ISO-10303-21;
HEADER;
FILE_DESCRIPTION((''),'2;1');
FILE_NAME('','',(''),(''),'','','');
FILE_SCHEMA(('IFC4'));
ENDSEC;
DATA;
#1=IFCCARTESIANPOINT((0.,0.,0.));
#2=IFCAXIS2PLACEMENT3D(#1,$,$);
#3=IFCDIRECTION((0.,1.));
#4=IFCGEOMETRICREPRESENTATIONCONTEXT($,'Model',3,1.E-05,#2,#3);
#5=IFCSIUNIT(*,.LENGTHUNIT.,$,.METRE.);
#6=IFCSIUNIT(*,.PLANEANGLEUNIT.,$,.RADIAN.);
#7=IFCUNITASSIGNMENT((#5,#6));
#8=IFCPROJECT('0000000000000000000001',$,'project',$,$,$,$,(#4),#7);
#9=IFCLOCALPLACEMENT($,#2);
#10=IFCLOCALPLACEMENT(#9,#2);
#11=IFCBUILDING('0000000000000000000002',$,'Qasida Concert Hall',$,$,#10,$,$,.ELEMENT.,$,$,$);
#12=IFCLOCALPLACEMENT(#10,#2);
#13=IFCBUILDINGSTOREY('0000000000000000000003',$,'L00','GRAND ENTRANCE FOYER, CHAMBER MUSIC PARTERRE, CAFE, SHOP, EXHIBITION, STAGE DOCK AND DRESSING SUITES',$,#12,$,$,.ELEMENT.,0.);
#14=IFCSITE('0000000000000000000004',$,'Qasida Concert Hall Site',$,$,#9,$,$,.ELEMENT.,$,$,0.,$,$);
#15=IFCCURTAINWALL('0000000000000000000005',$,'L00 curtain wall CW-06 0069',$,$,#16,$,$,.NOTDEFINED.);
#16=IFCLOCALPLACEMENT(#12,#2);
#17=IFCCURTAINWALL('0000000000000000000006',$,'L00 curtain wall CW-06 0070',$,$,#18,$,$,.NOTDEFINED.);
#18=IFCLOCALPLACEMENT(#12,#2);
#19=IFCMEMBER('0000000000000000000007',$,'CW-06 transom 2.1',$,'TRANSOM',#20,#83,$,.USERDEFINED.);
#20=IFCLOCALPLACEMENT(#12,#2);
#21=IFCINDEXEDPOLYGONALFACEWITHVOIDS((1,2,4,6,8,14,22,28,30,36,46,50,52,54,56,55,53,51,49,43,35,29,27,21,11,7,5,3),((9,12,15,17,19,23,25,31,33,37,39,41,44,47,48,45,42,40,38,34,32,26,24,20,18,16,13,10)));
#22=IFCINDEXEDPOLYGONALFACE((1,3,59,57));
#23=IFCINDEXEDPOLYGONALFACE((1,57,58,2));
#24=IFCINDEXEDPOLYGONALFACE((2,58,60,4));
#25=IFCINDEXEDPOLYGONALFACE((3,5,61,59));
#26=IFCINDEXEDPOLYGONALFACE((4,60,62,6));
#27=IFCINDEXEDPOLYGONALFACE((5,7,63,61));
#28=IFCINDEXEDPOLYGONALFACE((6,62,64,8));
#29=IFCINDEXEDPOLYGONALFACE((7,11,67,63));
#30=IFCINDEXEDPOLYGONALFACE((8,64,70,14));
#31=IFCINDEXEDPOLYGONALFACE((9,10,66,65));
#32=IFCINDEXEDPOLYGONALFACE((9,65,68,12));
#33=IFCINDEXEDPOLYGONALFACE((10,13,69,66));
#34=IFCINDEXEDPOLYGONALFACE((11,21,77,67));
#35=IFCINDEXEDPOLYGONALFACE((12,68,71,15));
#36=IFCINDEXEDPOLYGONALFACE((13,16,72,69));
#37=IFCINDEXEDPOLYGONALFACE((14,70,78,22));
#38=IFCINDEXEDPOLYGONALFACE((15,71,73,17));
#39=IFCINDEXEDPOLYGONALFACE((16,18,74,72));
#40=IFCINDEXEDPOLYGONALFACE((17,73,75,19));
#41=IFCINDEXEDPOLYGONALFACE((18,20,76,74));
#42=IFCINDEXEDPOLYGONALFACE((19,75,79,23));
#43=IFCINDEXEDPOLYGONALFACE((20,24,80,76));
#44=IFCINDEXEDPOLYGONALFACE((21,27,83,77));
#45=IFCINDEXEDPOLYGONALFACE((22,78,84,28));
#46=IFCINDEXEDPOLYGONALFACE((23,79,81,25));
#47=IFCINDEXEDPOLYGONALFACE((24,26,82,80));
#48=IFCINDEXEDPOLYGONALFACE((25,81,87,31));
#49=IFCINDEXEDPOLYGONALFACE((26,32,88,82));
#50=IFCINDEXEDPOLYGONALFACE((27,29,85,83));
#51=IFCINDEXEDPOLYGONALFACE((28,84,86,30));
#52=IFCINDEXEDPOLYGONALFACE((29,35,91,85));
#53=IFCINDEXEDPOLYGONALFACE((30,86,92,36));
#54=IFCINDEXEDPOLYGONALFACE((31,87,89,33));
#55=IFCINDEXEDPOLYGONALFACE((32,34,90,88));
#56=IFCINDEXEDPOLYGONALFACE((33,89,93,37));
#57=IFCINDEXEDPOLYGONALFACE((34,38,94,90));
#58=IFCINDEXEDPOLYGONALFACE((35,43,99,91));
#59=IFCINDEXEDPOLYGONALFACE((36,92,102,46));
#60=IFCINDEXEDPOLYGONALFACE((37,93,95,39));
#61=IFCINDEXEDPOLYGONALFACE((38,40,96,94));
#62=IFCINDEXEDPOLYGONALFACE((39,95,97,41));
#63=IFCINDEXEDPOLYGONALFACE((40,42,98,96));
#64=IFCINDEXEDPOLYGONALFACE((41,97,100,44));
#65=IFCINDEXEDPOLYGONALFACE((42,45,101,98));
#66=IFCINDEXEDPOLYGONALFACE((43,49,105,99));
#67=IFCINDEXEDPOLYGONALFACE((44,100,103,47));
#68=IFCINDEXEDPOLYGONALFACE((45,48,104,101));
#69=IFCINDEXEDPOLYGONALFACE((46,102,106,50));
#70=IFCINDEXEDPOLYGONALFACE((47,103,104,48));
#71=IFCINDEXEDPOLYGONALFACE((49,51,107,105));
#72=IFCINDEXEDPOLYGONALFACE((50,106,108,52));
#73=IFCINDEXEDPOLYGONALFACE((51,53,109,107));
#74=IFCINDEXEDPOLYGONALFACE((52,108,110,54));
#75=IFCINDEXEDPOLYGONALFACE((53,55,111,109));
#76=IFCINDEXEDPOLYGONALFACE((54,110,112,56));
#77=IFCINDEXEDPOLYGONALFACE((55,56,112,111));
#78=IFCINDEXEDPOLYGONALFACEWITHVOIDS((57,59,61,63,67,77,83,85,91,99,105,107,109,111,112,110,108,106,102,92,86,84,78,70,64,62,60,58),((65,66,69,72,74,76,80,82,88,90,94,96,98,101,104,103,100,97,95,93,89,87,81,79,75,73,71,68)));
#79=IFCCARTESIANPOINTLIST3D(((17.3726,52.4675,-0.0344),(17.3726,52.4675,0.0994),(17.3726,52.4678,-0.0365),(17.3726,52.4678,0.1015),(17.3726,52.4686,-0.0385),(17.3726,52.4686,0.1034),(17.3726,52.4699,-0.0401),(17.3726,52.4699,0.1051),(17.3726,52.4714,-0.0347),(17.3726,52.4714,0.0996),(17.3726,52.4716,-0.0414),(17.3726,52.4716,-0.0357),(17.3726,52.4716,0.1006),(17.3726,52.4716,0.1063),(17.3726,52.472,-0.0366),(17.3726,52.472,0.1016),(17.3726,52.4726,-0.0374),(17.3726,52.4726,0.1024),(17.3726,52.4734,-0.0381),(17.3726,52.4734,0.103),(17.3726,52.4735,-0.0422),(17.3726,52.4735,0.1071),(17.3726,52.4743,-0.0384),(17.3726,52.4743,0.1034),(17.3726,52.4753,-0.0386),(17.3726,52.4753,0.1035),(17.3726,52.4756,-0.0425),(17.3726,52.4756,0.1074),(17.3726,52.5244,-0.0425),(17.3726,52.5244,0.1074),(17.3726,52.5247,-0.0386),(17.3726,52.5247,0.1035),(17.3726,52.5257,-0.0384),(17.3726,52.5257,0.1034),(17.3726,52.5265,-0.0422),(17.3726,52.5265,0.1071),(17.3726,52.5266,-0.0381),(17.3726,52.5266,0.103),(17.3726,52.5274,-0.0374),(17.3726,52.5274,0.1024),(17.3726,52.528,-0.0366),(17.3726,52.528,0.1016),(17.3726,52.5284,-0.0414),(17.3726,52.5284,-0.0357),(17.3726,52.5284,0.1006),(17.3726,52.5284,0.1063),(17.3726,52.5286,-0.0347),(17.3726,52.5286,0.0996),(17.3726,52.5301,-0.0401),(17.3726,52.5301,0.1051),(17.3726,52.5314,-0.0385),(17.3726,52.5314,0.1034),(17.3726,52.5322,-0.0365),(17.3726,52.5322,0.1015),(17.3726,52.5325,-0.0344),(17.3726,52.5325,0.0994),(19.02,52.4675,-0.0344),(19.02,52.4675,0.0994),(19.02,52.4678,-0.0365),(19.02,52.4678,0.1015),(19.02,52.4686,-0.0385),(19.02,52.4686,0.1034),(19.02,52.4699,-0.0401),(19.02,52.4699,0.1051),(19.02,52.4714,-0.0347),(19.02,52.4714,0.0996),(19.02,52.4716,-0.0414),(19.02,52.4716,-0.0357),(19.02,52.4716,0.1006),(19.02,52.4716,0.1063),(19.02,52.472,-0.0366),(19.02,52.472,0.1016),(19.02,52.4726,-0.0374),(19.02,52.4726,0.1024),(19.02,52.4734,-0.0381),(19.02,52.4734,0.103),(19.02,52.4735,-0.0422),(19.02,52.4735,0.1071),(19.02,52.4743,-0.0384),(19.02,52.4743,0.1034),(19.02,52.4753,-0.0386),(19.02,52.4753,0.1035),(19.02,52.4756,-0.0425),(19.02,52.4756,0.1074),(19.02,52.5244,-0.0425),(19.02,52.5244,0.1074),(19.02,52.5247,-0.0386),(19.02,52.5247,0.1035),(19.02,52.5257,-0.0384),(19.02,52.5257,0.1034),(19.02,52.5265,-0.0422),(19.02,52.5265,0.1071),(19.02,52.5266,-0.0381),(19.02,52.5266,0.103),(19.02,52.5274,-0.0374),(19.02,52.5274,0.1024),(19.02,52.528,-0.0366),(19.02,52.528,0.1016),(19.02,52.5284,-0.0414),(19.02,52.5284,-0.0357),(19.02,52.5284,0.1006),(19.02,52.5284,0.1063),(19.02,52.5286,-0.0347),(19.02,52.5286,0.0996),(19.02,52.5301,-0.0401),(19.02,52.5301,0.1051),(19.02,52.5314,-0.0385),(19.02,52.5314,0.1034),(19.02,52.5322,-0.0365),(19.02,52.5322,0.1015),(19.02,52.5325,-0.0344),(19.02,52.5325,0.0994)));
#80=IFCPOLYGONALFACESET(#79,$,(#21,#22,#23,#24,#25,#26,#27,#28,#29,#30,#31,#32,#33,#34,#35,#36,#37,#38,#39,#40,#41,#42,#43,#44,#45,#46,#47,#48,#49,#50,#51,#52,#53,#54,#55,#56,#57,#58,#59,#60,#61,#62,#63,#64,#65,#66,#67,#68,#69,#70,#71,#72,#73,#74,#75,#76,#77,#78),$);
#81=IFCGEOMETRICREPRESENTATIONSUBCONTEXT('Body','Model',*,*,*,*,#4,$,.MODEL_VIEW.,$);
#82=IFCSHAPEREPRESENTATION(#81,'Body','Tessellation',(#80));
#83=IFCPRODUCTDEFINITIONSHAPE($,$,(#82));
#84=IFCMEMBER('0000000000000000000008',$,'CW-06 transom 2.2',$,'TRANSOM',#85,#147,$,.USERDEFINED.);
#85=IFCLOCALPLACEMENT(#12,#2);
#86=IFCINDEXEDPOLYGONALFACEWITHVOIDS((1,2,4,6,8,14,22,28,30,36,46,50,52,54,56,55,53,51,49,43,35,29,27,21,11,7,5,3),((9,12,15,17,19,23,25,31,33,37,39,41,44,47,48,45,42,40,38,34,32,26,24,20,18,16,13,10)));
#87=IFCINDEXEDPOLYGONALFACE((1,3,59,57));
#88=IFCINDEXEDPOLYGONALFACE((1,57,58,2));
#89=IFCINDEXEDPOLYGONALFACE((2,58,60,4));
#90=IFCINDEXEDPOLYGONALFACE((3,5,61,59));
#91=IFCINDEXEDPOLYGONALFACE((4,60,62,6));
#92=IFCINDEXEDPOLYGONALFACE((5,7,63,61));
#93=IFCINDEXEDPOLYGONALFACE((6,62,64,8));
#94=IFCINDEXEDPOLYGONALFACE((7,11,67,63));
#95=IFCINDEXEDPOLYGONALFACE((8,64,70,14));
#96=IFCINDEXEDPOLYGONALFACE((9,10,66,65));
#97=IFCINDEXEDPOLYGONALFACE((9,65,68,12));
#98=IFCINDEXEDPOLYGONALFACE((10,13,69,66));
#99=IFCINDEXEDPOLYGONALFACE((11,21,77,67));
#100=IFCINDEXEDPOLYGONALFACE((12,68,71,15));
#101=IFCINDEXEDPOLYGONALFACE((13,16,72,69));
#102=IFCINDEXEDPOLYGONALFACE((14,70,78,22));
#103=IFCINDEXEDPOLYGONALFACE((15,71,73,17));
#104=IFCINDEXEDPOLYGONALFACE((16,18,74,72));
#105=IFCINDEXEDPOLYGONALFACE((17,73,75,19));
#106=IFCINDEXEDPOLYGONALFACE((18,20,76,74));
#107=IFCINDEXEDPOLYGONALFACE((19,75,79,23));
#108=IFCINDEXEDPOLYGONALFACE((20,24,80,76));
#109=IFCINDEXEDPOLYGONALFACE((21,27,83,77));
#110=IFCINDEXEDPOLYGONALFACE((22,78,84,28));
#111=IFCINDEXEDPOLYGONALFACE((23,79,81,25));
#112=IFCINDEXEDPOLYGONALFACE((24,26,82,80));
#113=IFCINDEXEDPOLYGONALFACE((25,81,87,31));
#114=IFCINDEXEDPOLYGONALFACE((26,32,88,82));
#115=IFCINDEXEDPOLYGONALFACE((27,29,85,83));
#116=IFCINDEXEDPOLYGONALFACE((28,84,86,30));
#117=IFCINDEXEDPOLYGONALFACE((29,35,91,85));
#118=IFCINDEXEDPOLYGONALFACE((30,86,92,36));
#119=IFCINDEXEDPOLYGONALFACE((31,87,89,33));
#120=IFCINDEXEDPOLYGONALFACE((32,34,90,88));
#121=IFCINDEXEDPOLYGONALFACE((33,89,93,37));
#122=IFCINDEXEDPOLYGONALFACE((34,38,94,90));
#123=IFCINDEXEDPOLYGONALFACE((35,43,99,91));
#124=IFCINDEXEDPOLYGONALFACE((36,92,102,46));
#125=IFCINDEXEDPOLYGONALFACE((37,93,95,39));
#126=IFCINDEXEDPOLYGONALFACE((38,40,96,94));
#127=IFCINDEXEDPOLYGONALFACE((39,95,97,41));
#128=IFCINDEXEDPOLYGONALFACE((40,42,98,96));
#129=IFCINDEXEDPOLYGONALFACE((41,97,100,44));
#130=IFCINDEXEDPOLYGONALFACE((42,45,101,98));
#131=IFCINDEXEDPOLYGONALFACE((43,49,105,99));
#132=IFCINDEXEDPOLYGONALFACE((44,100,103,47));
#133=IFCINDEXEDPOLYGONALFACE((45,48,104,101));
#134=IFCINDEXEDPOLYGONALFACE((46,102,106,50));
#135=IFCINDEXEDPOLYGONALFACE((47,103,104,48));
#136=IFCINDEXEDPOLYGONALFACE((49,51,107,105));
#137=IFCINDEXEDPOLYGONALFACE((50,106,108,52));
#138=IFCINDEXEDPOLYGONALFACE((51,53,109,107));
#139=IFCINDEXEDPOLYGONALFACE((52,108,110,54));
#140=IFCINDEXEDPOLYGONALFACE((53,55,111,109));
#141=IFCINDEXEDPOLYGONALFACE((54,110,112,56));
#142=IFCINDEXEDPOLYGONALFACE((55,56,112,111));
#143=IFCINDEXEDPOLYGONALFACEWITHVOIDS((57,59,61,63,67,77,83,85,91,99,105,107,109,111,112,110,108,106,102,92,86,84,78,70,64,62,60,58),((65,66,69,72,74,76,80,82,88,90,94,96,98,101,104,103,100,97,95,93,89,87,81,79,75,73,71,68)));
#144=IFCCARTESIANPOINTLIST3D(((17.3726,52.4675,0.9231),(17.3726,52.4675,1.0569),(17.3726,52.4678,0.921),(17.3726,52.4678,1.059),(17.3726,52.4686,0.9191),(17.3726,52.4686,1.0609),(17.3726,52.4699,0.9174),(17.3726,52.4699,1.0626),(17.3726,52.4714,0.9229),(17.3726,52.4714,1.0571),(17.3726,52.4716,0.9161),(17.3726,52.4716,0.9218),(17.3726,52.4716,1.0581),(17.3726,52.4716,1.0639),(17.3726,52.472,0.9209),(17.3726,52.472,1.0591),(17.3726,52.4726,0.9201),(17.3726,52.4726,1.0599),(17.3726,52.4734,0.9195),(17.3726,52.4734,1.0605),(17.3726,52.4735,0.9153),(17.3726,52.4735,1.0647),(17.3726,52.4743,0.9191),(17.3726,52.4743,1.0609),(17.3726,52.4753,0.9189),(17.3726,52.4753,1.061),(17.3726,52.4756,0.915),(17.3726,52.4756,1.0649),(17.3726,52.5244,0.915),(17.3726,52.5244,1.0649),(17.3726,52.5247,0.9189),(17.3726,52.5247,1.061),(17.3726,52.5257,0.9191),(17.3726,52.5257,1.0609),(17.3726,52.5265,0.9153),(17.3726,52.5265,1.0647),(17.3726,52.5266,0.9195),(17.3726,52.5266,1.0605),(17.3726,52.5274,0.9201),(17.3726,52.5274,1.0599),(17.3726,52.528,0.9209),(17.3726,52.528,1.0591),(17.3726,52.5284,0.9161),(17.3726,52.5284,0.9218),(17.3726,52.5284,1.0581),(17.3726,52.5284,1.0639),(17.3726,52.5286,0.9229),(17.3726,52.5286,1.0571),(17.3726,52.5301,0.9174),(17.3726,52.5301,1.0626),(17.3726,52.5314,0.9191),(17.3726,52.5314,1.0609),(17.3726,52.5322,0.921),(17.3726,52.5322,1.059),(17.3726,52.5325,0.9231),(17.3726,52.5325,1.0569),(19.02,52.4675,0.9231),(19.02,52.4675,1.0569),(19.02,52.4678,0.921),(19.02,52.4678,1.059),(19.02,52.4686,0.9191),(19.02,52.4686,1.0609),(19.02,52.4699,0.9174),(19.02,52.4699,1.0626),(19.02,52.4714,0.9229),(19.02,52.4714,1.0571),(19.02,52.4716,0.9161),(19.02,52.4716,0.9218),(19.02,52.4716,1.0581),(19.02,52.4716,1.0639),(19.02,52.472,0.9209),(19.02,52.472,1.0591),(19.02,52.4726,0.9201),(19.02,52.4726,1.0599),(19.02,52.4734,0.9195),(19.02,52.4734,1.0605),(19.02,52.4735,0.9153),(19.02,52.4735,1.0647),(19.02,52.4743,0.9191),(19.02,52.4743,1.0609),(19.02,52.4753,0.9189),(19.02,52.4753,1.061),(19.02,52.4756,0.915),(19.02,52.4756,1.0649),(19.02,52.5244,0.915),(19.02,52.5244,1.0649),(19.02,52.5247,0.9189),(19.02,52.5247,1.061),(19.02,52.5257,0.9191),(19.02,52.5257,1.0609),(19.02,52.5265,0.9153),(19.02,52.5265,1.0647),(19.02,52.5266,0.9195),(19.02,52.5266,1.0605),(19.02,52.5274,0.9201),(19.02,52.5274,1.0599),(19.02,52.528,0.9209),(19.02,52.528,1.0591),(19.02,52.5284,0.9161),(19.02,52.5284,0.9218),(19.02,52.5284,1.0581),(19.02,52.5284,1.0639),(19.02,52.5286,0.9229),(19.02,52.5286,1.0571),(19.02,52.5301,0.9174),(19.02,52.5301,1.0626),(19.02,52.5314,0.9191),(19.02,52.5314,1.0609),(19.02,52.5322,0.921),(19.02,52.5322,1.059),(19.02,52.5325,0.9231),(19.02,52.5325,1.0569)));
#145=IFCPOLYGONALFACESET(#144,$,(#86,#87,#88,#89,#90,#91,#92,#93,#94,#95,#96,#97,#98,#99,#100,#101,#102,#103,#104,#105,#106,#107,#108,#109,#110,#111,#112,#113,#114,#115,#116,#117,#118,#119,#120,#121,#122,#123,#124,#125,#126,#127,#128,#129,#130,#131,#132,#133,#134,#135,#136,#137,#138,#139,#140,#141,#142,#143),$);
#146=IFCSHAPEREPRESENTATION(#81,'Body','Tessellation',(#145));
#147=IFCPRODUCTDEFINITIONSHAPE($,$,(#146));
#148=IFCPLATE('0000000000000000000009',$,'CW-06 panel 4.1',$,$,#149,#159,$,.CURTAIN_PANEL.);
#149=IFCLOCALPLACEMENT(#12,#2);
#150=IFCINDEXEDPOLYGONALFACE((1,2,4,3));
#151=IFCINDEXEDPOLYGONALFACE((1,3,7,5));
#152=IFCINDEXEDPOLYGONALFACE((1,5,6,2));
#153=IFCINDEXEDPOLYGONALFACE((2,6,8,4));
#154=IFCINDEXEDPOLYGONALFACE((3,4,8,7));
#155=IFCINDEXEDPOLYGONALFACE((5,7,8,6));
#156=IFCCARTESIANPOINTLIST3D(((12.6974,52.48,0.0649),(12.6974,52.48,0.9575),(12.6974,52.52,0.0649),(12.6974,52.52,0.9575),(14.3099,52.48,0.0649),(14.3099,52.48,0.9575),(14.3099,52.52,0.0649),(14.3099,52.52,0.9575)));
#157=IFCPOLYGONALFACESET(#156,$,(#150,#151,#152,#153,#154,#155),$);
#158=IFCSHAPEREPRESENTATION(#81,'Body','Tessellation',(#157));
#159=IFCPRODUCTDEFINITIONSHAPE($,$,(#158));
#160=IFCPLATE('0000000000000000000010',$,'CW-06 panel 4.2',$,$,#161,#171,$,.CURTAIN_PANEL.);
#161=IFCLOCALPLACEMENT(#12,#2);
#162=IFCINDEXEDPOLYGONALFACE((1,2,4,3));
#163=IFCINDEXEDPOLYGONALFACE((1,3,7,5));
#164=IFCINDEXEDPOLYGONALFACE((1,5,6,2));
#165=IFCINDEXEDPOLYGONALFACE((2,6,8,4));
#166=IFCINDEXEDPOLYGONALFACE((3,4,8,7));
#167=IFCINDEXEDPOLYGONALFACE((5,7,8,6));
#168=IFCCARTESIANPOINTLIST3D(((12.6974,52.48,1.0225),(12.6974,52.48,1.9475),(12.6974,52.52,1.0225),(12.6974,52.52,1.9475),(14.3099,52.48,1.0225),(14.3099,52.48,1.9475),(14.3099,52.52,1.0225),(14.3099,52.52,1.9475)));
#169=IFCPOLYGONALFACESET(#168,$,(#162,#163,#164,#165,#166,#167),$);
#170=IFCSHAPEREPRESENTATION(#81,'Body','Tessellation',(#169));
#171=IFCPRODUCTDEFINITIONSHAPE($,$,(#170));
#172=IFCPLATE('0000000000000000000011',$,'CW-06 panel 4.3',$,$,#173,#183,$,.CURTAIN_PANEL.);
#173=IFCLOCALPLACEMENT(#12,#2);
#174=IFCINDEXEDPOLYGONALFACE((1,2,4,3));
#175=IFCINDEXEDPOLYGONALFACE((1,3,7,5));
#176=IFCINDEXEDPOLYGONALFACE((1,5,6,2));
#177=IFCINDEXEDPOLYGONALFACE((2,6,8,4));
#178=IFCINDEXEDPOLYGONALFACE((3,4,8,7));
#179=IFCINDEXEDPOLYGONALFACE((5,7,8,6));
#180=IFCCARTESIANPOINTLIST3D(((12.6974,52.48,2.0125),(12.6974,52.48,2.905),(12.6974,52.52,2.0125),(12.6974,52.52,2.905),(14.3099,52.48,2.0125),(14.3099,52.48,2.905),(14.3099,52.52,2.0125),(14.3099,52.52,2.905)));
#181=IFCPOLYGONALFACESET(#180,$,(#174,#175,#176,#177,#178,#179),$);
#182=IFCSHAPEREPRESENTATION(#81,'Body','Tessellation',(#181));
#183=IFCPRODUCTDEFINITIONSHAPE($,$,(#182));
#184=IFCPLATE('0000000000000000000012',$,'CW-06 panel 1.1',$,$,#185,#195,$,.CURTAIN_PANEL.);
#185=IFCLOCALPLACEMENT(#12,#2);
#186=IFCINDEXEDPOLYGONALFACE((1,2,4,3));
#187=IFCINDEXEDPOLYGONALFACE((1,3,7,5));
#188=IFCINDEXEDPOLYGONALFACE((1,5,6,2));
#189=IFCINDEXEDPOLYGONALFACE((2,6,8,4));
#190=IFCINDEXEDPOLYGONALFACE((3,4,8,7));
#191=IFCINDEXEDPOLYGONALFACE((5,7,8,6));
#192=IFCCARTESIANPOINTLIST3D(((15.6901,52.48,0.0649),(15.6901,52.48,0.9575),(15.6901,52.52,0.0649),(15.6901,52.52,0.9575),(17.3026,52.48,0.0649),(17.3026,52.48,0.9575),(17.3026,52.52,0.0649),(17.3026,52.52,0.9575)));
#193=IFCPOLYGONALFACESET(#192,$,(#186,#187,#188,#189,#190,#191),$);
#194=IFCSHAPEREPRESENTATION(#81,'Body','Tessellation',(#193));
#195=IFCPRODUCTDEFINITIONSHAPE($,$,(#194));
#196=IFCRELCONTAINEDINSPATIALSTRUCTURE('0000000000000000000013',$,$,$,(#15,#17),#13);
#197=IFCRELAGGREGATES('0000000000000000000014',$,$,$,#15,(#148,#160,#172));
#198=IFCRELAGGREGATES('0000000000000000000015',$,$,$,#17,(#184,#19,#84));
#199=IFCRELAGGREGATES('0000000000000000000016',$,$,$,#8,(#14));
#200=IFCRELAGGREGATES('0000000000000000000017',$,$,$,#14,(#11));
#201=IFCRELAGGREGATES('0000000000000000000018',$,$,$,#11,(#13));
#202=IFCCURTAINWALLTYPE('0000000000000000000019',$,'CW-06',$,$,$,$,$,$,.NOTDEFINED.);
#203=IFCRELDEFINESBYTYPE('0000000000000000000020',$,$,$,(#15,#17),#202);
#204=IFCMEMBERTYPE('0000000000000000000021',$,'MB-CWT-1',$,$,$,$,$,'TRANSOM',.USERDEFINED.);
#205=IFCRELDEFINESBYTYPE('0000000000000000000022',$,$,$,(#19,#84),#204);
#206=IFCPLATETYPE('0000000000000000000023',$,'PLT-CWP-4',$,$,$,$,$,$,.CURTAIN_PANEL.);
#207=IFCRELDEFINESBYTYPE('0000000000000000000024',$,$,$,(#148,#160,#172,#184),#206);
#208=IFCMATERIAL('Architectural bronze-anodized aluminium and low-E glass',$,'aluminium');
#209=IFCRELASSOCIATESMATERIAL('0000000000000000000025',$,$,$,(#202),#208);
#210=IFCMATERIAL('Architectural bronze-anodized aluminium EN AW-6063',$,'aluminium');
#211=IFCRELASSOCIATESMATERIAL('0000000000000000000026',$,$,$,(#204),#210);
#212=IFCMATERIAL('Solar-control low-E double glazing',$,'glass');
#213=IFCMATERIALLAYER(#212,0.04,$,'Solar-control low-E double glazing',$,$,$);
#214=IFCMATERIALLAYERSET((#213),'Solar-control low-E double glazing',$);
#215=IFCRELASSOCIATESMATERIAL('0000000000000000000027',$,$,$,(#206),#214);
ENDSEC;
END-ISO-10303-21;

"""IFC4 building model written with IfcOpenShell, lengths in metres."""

from ifc_helpers import new_model, si_unit, direction, frame, origin, origin_2d, place, context, subcontext, project, spatial, rectangle, hollow_rectangle, extrude, material, layer, layer_set, material_profile, profile_set, type_object, element, aggregate, save


model = new_model("IFC4")

# Units and contexts
model_context = context("Model", 3, precision=1e-05, world=origin(), true_north=direction((0.0, 1.0)))
body_context = subcontext(model_context, "Body", "Model", "MODEL_VIEW")
ifc_project = project(units=[si_unit("LENGTHUNIT", "METRE"), si_unit("PLANEANGLEUNIT", "RADIAN")], contexts=[model_context])

# Site, building, storey
site_placement = place(None, origin())
site = spatial("IfcSite", under=ifc_project, at=site_placement, Name="Qasida Concert Hall Site", CompositionType="ELEMENT", RefElevation=0.0)
building_placement = place(site_placement, origin())
building = spatial("IfcBuilding", under=site, at=building_placement, Name="Qasida Concert Hall", CompositionType="ELEMENT")
storey_placement = place(building_placement, origin())
storey = spatial("IfcBuildingStorey", under=building, at=storey_placement, Name="L00", Description="GRAND ENTRANCE FOYER, CHAMBER MUSIC PARTERRE, CAFE, SHOP, EXHIBITION, STAGE DOCK AND DRESSING SUITES", CompositionType="ELEMENT", Elevation=0.0)

# Curtain walls
ifc_material_1 = material(Name="Architectural bronze-anodized aluminium and low-E glass", Category="aluminium")
curtain_wall_type = type_object("IfcCurtainWallType", Name="CW-06", PredefinedType="NOTDEFINED", material=ifc_material_1)
curtain_wall_1_placement = place(storey_placement, origin())
curtain_wall_1 = element("IfcCurtainWall", 1, at=curtain_wall_1_placement, inside=storey, type_object=curtain_wall_type, Name="L00 curtain wall CW-06 0069", PredefinedType="NOTDEFINED")
ifc_material_2 = material(Name="Architectural bronze-anodized aluminium EN AW-6063", Category="aluminium")
curtain_wall_2_placement = place(storey_placement, origin())
curtain_wall_2 = element("IfcCurtainWall", 2, at=curtain_wall_2_placement, inside=storey, type_object=curtain_wall_type, Name="L00 curtain wall CW-06 0070", PredefinedType="NOTDEFINED")

# Members
ifc_material_profile_1 = material_profile(ifc_material_2, hollow_rectangle(XDim=0.0649, YDim=0.1499, WallThickness=0.0039, InnerFilletRadius=0.0039, OuterFilletRadius=0.0081, at=origin_2d()), Name="CWT 150x65x4")
ifc_profile_set_1 = profile_set([ifc_material_profile_1], Name="Architectural bronze-anodized aluminium EN AW-6063")
member_type_1 = type_object("IfcMemberType", Name="MB-CWT-1", ElementType="TRANSOM", PredefinedType="USERDEFINED", material=ifc_profile_set_1)
member_1_placement = place(storey_placement, frame((17.3726, 52.5, 0.0325), z_axis=(1.0, 0.0, 0.0), x_axis=(0.0, 1.0, 0.0)))
member_1 = element("IfcMember", 3, at=member_1_placement, type_object=member_type_1, Name="CW-06 transom 2.1", ObjectType="TRANSOM", PredefinedType="USERDEFINED", context=body_context, shape_type="SweptSolid", body=[
    extrude(hollow_rectangle(XDim=0.0649, YDim=0.1499, WallThickness=0.0039, InnerFilletRadius=0.0039, OuterFilletRadius=0.0081, at=origin_2d()), origin(), (0.0, 0.0, 1.0), 1.6475),
])
member_2_placement = place(storey_placement, frame((17.3726, 52.5, 0.99), z_axis=(1.0, 0.0, 0.0), x_axis=(0.0, 1.0, 0.0)))
member_2 = element("IfcMember", 4, at=member_2_placement, type_object=member_type_1, Name="CW-06 transom 2.2", ObjectType="TRANSOM", PredefinedType="USERDEFINED", context=body_context, shape_type="SweptSolid", body=[
    extrude(hollow_rectangle(XDim=0.0649, YDim=0.1499, WallThickness=0.0039, InnerFilletRadius=0.0039, OuterFilletRadius=0.0081, at=origin_2d()), origin(), (0.0, 0.0, 1.0), 1.6475),
])

# Plates
ifc_material_3 = material(Name="Solar-control low-E double glazing", Category="glass")
ifc_layer = layer(ifc_material_3, 0.04, Name="Solar-control low-E double glazing")
ifc_layer_set = layer_set([ifc_layer], Name="Solar-control low-E double glazing")
plate_type = type_object("IfcPlateType", Name="PLT-CWP-4", PredefinedType="CURTAIN_PANEL", material=ifc_layer_set)
plate_1_placement = place(storey_placement, frame((13.5037, 52.5, 0.0649), z_axis=(0.0, 0.0, 1.0), x_axis=(1.0, 0.0, 0.0)))
plate_1 = element("IfcPlate", 5, at=plate_1_placement, type_object=plate_type, Name="CW-06 panel 4.1", PredefinedType="CURTAIN_PANEL", context=body_context, shape_type="SweptSolid", body=[
    extrude(rectangle(XDim=1.6125, YDim=0.04, at=origin_2d()), origin(), (0.0, 0.0, 1.0), 0.8926),
])
plate_2_placement = place(storey_placement, frame((13.5037, 52.5, 1.0225), z_axis=(0.0, 0.0, 1.0), x_axis=(1.0, 0.0, 0.0)))
plate_2 = element("IfcPlate", 6, at=plate_2_placement, type_object=plate_type, Name="CW-06 panel 4.2", PredefinedType="CURTAIN_PANEL", context=body_context, shape_type="SweptSolid", body=[
    extrude(rectangle(XDim=1.6125, YDim=0.04, at=origin_2d()), origin(), (0.0, 0.0, 1.0), 0.925),
])
plate_3_placement = place(storey_placement, frame((13.5037, 52.5, 2.0125), z_axis=(0.0, 0.0, 1.0), x_axis=(1.0, 0.0, 0.0)))
plate_3 = element("IfcPlate", 7, at=plate_3_placement, type_object=plate_type, Name="CW-06 panel 4.3", PredefinedType="CURTAIN_PANEL", context=body_context, shape_type="SweptSolid", body=[
    extrude(rectangle(XDim=1.6125, YDim=0.04, at=origin_2d()), origin(), (0.0, 0.0, 1.0), 0.8926),
])
aggregate(curtain_wall_1, [plate_1, plate_2, plate_3])
plate_4_placement = place(storey_placement, frame((16.4963, 52.5, 0.0649), z_axis=(0.0, 0.0, 1.0), x_axis=(1.0, 0.0, 0.0)))
plate_4 = element("IfcPlate", 8, at=plate_4_placement, type_object=plate_type, Name="CW-06 panel 1.1", PredefinedType="CURTAIN_PANEL", context=body_context, shape_type="SweptSolid", body=[
    extrude(rectangle(XDim=1.6125, YDim=0.04, at=origin_2d()), origin(), (0.0, 0.0, 1.0), 0.8926),
])
aggregate(curtain_wall_2, [plate_4, member_1, member_2])

save(model, "model.ifc")
